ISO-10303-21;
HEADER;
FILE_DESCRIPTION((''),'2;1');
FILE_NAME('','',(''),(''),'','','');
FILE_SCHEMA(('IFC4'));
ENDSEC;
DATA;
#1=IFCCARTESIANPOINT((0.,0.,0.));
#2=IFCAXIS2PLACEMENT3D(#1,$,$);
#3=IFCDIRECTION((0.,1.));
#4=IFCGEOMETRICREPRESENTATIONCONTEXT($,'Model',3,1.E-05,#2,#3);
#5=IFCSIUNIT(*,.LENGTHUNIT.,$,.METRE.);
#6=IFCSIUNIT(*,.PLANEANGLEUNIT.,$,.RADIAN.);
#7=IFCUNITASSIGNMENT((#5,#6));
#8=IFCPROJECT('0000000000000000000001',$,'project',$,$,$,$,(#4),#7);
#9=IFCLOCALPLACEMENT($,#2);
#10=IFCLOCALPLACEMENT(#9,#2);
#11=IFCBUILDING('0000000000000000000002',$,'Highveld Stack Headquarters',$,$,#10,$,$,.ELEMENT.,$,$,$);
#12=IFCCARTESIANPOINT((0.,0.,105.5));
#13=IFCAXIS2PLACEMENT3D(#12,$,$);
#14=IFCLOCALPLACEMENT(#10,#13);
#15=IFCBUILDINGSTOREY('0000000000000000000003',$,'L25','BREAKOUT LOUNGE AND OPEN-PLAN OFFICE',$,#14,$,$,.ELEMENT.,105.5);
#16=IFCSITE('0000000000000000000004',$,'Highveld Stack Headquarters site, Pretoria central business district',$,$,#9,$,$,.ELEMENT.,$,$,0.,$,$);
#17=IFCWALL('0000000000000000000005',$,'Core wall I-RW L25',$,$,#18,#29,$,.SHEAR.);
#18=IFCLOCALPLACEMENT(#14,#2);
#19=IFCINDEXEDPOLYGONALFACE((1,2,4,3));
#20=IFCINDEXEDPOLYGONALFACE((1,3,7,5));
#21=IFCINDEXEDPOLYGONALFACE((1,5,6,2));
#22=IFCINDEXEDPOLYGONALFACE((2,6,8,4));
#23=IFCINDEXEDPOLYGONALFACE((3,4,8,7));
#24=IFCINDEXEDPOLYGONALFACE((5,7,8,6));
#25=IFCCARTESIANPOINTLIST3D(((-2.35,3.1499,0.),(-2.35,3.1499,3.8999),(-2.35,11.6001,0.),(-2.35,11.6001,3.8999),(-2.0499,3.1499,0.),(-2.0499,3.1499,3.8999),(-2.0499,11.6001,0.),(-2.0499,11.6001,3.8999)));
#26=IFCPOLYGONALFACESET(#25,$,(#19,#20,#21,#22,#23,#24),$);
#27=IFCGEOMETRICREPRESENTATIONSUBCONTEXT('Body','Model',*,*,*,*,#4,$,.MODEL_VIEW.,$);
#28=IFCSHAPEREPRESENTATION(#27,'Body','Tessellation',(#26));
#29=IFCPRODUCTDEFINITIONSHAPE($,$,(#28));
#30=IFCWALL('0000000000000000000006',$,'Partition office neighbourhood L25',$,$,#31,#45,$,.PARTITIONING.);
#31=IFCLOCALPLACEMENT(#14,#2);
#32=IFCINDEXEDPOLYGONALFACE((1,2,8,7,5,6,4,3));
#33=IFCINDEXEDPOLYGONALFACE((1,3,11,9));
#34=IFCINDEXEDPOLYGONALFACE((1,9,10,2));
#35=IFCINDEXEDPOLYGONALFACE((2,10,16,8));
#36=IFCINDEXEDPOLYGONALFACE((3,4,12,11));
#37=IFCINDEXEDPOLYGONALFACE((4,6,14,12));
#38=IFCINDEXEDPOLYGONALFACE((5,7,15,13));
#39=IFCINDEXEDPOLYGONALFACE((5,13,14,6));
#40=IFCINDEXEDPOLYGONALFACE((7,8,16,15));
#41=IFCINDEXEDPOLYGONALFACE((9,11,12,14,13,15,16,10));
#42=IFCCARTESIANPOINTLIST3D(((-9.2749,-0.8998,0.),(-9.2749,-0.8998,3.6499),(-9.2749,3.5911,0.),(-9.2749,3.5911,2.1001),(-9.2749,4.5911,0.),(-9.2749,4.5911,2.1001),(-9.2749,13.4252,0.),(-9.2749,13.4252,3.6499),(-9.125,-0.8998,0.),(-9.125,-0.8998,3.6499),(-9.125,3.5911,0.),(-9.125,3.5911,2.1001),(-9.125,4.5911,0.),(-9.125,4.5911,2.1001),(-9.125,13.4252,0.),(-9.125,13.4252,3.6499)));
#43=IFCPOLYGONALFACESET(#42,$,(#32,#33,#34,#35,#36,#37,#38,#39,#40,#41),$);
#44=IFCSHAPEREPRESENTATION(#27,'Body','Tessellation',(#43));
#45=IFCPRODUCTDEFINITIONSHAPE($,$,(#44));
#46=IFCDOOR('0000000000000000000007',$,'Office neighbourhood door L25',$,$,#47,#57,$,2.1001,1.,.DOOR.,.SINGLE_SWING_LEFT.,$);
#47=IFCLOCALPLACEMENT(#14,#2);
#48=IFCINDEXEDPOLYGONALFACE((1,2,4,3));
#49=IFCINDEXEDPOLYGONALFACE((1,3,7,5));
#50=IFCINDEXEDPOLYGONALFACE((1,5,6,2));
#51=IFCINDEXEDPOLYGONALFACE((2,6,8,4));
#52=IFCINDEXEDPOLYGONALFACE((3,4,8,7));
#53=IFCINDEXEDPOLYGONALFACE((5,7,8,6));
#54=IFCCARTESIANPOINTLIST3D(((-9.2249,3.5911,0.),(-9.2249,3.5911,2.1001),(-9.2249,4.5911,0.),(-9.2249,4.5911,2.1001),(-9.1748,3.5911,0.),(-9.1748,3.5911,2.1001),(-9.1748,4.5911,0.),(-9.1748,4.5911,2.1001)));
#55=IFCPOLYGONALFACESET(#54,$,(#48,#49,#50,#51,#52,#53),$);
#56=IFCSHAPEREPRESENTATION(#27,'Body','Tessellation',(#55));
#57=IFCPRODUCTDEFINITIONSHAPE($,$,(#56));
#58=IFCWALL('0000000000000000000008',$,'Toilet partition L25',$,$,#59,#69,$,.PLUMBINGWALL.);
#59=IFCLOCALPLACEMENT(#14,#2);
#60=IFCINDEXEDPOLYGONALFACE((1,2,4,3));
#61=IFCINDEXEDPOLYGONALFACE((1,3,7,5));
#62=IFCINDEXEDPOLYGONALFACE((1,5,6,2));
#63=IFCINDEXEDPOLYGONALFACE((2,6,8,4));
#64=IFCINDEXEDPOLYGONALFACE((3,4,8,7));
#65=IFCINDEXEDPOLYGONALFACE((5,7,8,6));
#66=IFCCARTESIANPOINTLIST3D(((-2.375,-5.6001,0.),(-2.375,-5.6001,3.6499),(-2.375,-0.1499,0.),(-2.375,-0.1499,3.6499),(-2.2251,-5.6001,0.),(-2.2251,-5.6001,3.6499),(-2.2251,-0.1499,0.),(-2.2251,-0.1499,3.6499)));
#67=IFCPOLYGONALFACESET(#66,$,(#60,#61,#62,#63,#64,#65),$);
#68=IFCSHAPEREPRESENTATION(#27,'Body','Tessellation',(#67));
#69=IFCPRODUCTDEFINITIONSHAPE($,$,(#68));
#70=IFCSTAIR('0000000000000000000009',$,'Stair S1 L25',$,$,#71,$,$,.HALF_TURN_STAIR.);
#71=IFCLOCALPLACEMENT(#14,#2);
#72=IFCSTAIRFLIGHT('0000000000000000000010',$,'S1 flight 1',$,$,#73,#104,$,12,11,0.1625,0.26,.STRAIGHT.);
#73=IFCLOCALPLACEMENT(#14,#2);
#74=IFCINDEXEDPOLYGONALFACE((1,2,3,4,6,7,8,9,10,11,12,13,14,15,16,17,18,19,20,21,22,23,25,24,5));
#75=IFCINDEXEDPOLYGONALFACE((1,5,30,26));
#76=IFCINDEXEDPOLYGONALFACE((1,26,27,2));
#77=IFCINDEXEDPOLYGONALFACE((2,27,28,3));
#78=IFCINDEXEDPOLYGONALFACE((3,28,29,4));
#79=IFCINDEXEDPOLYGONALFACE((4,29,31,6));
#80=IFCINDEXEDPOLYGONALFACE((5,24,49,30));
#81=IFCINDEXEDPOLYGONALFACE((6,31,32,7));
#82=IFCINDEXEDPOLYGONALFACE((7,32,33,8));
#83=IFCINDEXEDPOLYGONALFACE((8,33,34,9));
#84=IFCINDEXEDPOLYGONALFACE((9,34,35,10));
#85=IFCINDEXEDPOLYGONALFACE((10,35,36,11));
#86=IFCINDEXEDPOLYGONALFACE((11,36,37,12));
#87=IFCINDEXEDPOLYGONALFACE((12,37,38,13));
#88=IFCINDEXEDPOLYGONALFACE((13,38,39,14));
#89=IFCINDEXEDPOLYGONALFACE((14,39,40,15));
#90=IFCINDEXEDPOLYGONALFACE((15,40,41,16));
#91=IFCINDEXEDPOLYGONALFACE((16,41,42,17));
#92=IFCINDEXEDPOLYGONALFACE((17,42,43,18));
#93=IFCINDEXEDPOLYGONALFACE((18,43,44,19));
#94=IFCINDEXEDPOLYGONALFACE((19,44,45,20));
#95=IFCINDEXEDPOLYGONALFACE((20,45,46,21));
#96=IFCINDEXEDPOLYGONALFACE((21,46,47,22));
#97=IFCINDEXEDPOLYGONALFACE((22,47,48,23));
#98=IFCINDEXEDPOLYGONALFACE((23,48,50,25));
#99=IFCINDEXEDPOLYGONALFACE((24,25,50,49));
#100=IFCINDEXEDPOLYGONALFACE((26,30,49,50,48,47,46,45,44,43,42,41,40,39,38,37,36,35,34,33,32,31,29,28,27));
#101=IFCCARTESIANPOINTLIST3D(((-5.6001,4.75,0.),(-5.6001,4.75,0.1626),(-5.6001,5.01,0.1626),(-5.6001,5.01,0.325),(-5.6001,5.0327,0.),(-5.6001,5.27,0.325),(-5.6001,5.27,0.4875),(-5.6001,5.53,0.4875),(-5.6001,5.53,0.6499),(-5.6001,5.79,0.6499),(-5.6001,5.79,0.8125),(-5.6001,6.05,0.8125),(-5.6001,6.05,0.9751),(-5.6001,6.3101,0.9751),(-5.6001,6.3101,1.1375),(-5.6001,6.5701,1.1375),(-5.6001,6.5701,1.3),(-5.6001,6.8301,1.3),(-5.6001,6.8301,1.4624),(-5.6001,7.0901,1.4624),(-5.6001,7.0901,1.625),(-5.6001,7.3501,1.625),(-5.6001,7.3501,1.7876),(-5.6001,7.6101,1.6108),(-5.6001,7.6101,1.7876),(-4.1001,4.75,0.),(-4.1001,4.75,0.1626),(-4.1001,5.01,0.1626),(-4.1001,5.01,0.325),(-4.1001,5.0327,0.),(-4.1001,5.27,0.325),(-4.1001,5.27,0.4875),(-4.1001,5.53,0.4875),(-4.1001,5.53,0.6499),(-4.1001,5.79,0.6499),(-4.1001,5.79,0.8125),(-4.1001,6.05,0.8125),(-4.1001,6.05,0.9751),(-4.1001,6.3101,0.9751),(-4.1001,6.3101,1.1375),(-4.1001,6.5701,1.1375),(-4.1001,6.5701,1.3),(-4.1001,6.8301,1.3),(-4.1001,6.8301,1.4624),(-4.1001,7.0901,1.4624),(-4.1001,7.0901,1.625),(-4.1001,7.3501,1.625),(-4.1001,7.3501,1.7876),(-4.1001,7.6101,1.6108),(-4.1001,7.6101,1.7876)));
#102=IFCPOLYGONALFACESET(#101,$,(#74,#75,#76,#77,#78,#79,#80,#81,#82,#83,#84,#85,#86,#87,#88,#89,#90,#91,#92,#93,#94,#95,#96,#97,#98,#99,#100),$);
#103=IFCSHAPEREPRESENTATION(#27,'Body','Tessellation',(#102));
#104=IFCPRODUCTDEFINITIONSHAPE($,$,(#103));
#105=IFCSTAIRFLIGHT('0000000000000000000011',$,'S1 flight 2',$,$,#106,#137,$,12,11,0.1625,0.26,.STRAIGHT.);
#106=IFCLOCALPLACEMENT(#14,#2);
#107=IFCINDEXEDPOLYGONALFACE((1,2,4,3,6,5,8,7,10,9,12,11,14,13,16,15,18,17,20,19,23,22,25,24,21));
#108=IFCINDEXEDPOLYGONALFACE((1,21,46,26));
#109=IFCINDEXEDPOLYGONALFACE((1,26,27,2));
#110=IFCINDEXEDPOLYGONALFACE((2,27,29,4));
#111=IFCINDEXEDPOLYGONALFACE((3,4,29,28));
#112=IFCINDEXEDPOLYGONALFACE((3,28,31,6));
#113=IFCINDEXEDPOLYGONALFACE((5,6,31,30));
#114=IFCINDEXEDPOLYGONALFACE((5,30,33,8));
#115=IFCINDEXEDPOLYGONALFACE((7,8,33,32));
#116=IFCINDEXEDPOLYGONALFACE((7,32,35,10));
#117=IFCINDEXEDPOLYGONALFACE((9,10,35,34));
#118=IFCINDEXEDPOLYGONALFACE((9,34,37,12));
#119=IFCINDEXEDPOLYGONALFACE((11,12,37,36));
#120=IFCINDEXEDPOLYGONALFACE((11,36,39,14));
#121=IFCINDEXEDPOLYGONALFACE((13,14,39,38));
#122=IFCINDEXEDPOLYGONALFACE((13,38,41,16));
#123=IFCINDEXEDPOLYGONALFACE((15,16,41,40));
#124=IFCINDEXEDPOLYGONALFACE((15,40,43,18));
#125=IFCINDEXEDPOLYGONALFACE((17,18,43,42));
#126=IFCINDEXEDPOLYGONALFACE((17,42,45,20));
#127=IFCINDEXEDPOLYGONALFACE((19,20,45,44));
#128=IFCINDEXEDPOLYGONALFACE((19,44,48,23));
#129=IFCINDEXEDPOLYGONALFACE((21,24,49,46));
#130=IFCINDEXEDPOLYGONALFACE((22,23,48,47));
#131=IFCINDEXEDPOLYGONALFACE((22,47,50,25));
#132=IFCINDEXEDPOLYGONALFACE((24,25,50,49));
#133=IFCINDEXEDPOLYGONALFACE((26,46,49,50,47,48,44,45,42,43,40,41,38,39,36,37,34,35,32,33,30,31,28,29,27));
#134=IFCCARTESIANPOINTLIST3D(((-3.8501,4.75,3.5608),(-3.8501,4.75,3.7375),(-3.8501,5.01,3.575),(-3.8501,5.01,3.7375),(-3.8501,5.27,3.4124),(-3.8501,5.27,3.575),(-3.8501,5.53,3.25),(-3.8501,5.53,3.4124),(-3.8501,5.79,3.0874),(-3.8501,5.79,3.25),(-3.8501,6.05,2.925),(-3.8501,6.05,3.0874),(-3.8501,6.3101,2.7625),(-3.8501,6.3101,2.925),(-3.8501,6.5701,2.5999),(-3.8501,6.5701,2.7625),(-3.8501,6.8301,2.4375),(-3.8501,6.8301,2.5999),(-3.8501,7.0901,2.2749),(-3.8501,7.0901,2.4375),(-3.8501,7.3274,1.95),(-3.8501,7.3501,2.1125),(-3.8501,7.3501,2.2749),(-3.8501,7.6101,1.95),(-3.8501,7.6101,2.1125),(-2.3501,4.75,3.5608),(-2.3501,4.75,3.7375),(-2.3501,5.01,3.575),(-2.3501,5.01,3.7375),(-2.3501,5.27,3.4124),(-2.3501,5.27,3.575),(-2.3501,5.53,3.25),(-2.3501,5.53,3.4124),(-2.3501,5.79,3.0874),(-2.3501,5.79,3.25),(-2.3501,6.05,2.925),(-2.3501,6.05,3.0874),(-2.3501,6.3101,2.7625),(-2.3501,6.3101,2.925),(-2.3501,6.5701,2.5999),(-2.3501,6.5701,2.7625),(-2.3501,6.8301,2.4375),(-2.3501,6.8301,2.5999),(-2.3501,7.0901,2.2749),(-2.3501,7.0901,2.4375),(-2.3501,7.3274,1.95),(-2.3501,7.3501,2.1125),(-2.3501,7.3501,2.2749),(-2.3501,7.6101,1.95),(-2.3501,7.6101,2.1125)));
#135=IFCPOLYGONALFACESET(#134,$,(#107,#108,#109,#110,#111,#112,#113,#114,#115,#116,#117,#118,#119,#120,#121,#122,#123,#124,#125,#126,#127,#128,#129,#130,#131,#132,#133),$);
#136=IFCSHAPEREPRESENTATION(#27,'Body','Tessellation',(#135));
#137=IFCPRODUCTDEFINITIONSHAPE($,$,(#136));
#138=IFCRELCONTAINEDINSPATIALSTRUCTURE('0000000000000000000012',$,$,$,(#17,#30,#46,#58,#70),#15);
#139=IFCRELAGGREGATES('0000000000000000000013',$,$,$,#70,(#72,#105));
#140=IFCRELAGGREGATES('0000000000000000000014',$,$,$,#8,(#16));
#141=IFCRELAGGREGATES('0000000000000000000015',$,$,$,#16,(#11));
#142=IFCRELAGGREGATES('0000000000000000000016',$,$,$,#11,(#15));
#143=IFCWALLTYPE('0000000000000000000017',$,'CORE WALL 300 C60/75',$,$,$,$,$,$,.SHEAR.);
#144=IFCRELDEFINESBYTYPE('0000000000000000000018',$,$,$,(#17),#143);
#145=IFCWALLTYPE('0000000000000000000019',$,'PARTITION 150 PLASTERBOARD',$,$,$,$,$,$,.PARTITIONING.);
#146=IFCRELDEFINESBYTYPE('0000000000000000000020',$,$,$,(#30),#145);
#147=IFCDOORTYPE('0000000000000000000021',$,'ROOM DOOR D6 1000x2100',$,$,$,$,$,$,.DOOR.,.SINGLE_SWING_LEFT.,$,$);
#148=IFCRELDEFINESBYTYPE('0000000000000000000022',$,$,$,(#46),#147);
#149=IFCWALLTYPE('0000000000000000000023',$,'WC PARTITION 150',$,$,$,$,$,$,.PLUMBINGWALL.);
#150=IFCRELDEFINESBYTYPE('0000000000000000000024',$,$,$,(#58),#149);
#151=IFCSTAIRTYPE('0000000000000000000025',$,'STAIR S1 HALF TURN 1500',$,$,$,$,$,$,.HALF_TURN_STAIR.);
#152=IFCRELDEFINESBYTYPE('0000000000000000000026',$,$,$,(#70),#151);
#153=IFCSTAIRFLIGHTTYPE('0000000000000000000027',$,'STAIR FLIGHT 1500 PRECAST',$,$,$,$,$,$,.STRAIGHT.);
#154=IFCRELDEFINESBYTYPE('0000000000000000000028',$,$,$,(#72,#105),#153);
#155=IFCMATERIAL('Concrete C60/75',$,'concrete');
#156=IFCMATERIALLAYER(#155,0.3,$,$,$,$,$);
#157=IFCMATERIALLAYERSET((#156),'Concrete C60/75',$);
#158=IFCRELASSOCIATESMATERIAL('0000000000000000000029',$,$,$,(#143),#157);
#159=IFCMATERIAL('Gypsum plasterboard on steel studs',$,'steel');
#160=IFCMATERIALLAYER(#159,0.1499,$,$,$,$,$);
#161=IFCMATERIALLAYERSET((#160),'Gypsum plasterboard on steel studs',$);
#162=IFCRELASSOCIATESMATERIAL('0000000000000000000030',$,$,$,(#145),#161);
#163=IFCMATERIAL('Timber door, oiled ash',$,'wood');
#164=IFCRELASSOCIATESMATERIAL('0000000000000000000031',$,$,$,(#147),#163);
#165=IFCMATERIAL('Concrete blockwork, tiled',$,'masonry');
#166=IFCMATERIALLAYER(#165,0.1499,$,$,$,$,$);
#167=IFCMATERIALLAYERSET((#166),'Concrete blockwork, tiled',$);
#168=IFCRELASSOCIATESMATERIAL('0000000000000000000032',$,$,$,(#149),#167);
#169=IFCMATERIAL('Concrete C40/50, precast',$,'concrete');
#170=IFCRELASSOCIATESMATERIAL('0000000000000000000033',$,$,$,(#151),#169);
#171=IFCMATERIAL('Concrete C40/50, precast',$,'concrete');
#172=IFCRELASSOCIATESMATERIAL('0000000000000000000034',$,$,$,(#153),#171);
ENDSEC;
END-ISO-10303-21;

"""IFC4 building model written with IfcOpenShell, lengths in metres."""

from ifc_helpers import new_model, si_unit, direction, frame, frame_2d, origin, place, context, subcontext, project, spatial, polyline, rectangle, outline, extrude, material, layer, layer_set, type_object, element, fill, aggregate, save


model = new_model("IFC4")

# Units and contexts
model_context = context("Model", 3, precision=1e-05, world=origin(), true_north=direction((0.0, 1.0)))
body_context = subcontext(model_context, "Body", "Model", "MODEL_VIEW")
ifc_project = project(units=[si_unit("LENGTHUNIT", "METRE"), si_unit("PLANEANGLEUNIT", "RADIAN")], contexts=[model_context])

# Site, building, storey
site_placement = place(None, origin())
site = spatial("IfcSite", under=ifc_project, at=site_placement, Name="Highveld Stack Headquarters site, Pretoria central business district", CompositionType="ELEMENT", RefElevation=0.0)
building_placement = place(site_placement, origin())
building = spatial("IfcBuilding", under=site, at=building_placement, Name="Highveld Stack Headquarters", CompositionType="ELEMENT")
storey_placement = place(building_placement, frame((0.0, 0.0, 105.5)))
storey = spatial("IfcBuildingStorey", under=building, at=storey_placement, Name="L25", Description="BREAKOUT LOUNGE AND OPEN-PLAN OFFICE", CompositionType="ELEMENT", Elevation=105.5)

# Shared definitions
ifc_material_1 = material(Name="Concrete C60/75", Category="concrete")
ifc_layer_1 = layer(ifc_material_1, 0.3)
ifc_layer_set_1 = layer_set([ifc_layer_1], Name="Concrete C60/75")
wall_type_1 = type_object("IfcWallType", Name="CORE WALL 300 C60/75", PredefinedType="SHEAR", material=ifc_layer_set_1)

# Wall
wall_1_placement = place(storey_placement, frame((-2.2, 3.1499, 0.0), z_axis=(0.0, 0.0, 1.0), x_axis=(0.0, 1.0, 0.0)))
element("IfcWall", 1, at=wall_1_placement, inside=storey, type_object=wall_type_1, Name="Core wall I-RW L25", PredefinedType="SHEAR", context=body_context, shape_type="SweptSolid", body=[
    extrude(rectangle(XDim=8.4502, YDim=0.3, at=frame_2d((4.2251, 0.0))), origin(), (0.0, 0.0, 1.0), 3.8999),
])

# Wall, opening, door
ifc_material_2 = material(Name="Gypsum plasterboard on steel studs", Category="steel")
ifc_layer_2 = layer(ifc_material_2, 0.1499)
ifc_layer_set_2 = layer_set([ifc_layer_2], Name="Gypsum plasterboard on steel studs")
wall_type_2 = type_object("IfcWallType", Name="PARTITION 150 PLASTERBOARD", PredefinedType="PARTITIONING", material=ifc_layer_set_2)
wall_2_placement = place(storey_placement, frame((-9.2, -0.8999, 0.0), z_axis=(0.0, 0.0, 1.0), x_axis=(0.0, 1.0, 0.0)))
wall_2 = element("IfcWall", 2, at=wall_2_placement, inside=storey, type_object=wall_type_2, Name="Partition office neighbourhood L25", PredefinedType="PARTITIONING", context=body_context, shape_type="SweptSolid", body=[
    extrude(rectangle(XDim=14.325, YDim=0.1499, at=frame_2d((7.1626, 0.0))), origin(), (0.0, 0.0, 1.0), 3.6499),
])
opening_1_placement = place(wall_2_placement, frame((4.491, 0.0, 0.0)))
opening_1 = element("IfcOpeningElement", 3, at=opening_1_placement, cuts=wall_2, PredefinedType="OPENING", context=body_context, shape_type="SweptSolid", body=[
    extrude(rectangle(XDim=1.0, YDim=2.1001, at=frame_2d((0.5, 1.05))), frame((0.0, 0.085, 0.0), z_axis=(0.0, -1.0, 0.0), x_axis=(1.0, 0.0, 0.0)), (0.0, 0.0, 1.0), 0.1699),
])
ifc_material_3 = material(Name="Timber door, oiled ash", Category="wood")
door_type_1 = type_object("IfcDoorType", Name="ROOM DOOR D6 1000x2100", OperationType="SINGLE_SWING_LEFT", PredefinedType="DOOR", material=ifc_material_3)
door_1_placement = place(opening_1_placement, origin())
door_1 = element("IfcDoor", 4, at=door_1_placement, inside=storey, type_object=door_type_1, Name="Office neighbourhood door L25", OperationType="SINGLE_SWING_LEFT", OverallHeight=2.1001, OverallWidth=1.0, PredefinedType="DOOR", context=body_context, shape_type="SweptSolid", body=[
    extrude(rectangle(XDim=1.0, YDim=2.1001, at=frame_2d((0.5, 1.05))), frame((0.0, 0.0249, 0.0), z_axis=(0.0, -1.0, 0.0), x_axis=(1.0, 0.0, 0.0)), (0.0, 0.0, 1.0), 0.05),
])
fill(opening_1, door_1)

# Wall
ifc_material_4 = material(Name="Concrete blockwork, tiled", Category="masonry")
ifc_layer_3 = layer(ifc_material_4, 0.1499)
ifc_layer_set_3 = layer_set([ifc_layer_3], Name="Concrete blockwork, tiled")
wall_type_3 = type_object("IfcWallType", Name="WC PARTITION 150", PredefinedType="PLUMBINGWALL", material=ifc_layer_set_3)
wall_3_placement = place(storey_placement, frame((-2.3, -5.6001, 0.0), z_axis=(0.0, 0.0, 1.0), x_axis=(0.0, 1.0, 0.0)))
element("IfcWall", 5, at=wall_3_placement, inside=storey, type_object=wall_type_3, Name="Toilet partition L25", PredefinedType="PLUMBINGWALL", context=body_context, shape_type="SweptSolid", body=[
    extrude(rectangle(XDim=5.4502, YDim=0.1499, at=frame_2d((2.7251, 0.0))), origin(), (0.0, 0.0, 1.0), 3.6499),
])

# Stair, stair flights
ifc_material_5 = material(Name="Concrete C40/50, precast", Category="concrete")
stair_type = type_object("IfcStairType", Name="STAIR S1 HALF TURN 1500", PredefinedType="HALF_TURN_STAIR", material=ifc_material_5)
stair_placement = place(storey_placement, origin())
stair = element("IfcStair", 6, at=stair_placement, inside=storey, type_object=stair_type, Name="Stair S1 L25", PredefinedType="HALF_TURN_STAIR")
ifc_material_6 = material(Name="Concrete C40/50, precast", Category="concrete")
stair_flight_type = type_object("IfcStairFlightType", Name="STAIR FLIGHT 1500 PRECAST", PredefinedType="STRAIGHT", material=ifc_material_6)
stair_flight_1_placement = place(storey_placement, frame((-4.8501, 4.75, 0.0), z_axis=(0.0, 0.0, 1.0), x_axis=(0.0, 1.0, 0.0)))
stair_flight_1 = element("IfcStairFlight", 7, at=stair_flight_1_placement, type_object=stair_flight_type, Name="S1 flight 1", NumberOfRisers=12, NumberOfTreads=11, PredefinedType="STRAIGHT", RiserHeight=0.1625, TreadLength=0.26, context=body_context, shape_type="SweptSolid", body=[
    extrude(outline(polyline([(0.0, 0.0), (0.0, 0.1626), (0.26, 0.1626), (0.26, 0.325), (0.52, 0.325), (0.52, 0.4875), (0.78, 0.4875), (0.78, 0.6499), (1.04, 0.6499), (1.04, 0.8125), (1.3, 0.8125), (1.3, 0.9751), (1.5601, 0.9751), (1.5601, 1.1375), (1.8201, 1.1375), (1.8201, 1.3), (2.0801, 1.3), (2.0801, 1.4624), (2.3401, 1.4624), (2.3401, 1.625), (2.6001, 1.625), (2.6001, 1.7876), (2.8601, 1.7876), (2.8601, 1.95), (2.8601, 1.6108), (0.2827, 0.0), (0.0, 0.0)])), frame((0.0, 0.75, 0.0), z_axis=(0.0, -1.0, 0.0), x_axis=(1.0, 0.0, 0.0)), (0.0, 0.0, 1.0), 1.5),
])
stair_flight_2_placement = place(storey_placement, frame((-3.1001, 7.6101, 1.95), z_axis=(0.0, 0.0, 1.0), x_axis=(0.0, -1.0, 0.0)))
stair_flight_2 = element("IfcStairFlight", 8, at=stair_flight_2_placement, type_object=stair_flight_type, Name="S1 flight 2", NumberOfRisers=12, NumberOfTreads=11, PredefinedType="STRAIGHT", RiserHeight=0.1625, TreadLength=0.26, context=body_context, shape_type="SweptSolid", body=[
    extrude(outline(polyline([(0.0, 0.0), (0.0, 0.1626), (0.26, 0.1626), (0.26, 0.325), (0.52, 0.325), (0.52, 0.4875), (0.78, 0.4875), (0.78, 0.6499), (1.04, 0.6499), (1.04, 0.8125), (1.3, 0.8125), (1.3, 0.9751), (1.5601, 0.9751), (1.5601, 1.1375), (1.8201, 1.1375), (1.8201, 1.3), (2.0801, 1.3), (2.0801, 1.4624), (2.3401, 1.4624), (2.3401, 1.625), (2.6001, 1.625), (2.6001, 1.7876), (2.8601, 1.7876), (2.8601, 1.95), (2.8601, 1.6108), (0.2827, 0.0), (0.0, 0.0)])), frame((0.0, 0.75, 0.0), z_axis=(0.0, -1.0, 0.0), x_axis=(1.0, 0.0, 0.0)), (0.0, 0.0, 1.0), 1.5),
])
aggregate(stair, [stair_flight_1, stair_flight_2])

save(model, "model.ifc")
